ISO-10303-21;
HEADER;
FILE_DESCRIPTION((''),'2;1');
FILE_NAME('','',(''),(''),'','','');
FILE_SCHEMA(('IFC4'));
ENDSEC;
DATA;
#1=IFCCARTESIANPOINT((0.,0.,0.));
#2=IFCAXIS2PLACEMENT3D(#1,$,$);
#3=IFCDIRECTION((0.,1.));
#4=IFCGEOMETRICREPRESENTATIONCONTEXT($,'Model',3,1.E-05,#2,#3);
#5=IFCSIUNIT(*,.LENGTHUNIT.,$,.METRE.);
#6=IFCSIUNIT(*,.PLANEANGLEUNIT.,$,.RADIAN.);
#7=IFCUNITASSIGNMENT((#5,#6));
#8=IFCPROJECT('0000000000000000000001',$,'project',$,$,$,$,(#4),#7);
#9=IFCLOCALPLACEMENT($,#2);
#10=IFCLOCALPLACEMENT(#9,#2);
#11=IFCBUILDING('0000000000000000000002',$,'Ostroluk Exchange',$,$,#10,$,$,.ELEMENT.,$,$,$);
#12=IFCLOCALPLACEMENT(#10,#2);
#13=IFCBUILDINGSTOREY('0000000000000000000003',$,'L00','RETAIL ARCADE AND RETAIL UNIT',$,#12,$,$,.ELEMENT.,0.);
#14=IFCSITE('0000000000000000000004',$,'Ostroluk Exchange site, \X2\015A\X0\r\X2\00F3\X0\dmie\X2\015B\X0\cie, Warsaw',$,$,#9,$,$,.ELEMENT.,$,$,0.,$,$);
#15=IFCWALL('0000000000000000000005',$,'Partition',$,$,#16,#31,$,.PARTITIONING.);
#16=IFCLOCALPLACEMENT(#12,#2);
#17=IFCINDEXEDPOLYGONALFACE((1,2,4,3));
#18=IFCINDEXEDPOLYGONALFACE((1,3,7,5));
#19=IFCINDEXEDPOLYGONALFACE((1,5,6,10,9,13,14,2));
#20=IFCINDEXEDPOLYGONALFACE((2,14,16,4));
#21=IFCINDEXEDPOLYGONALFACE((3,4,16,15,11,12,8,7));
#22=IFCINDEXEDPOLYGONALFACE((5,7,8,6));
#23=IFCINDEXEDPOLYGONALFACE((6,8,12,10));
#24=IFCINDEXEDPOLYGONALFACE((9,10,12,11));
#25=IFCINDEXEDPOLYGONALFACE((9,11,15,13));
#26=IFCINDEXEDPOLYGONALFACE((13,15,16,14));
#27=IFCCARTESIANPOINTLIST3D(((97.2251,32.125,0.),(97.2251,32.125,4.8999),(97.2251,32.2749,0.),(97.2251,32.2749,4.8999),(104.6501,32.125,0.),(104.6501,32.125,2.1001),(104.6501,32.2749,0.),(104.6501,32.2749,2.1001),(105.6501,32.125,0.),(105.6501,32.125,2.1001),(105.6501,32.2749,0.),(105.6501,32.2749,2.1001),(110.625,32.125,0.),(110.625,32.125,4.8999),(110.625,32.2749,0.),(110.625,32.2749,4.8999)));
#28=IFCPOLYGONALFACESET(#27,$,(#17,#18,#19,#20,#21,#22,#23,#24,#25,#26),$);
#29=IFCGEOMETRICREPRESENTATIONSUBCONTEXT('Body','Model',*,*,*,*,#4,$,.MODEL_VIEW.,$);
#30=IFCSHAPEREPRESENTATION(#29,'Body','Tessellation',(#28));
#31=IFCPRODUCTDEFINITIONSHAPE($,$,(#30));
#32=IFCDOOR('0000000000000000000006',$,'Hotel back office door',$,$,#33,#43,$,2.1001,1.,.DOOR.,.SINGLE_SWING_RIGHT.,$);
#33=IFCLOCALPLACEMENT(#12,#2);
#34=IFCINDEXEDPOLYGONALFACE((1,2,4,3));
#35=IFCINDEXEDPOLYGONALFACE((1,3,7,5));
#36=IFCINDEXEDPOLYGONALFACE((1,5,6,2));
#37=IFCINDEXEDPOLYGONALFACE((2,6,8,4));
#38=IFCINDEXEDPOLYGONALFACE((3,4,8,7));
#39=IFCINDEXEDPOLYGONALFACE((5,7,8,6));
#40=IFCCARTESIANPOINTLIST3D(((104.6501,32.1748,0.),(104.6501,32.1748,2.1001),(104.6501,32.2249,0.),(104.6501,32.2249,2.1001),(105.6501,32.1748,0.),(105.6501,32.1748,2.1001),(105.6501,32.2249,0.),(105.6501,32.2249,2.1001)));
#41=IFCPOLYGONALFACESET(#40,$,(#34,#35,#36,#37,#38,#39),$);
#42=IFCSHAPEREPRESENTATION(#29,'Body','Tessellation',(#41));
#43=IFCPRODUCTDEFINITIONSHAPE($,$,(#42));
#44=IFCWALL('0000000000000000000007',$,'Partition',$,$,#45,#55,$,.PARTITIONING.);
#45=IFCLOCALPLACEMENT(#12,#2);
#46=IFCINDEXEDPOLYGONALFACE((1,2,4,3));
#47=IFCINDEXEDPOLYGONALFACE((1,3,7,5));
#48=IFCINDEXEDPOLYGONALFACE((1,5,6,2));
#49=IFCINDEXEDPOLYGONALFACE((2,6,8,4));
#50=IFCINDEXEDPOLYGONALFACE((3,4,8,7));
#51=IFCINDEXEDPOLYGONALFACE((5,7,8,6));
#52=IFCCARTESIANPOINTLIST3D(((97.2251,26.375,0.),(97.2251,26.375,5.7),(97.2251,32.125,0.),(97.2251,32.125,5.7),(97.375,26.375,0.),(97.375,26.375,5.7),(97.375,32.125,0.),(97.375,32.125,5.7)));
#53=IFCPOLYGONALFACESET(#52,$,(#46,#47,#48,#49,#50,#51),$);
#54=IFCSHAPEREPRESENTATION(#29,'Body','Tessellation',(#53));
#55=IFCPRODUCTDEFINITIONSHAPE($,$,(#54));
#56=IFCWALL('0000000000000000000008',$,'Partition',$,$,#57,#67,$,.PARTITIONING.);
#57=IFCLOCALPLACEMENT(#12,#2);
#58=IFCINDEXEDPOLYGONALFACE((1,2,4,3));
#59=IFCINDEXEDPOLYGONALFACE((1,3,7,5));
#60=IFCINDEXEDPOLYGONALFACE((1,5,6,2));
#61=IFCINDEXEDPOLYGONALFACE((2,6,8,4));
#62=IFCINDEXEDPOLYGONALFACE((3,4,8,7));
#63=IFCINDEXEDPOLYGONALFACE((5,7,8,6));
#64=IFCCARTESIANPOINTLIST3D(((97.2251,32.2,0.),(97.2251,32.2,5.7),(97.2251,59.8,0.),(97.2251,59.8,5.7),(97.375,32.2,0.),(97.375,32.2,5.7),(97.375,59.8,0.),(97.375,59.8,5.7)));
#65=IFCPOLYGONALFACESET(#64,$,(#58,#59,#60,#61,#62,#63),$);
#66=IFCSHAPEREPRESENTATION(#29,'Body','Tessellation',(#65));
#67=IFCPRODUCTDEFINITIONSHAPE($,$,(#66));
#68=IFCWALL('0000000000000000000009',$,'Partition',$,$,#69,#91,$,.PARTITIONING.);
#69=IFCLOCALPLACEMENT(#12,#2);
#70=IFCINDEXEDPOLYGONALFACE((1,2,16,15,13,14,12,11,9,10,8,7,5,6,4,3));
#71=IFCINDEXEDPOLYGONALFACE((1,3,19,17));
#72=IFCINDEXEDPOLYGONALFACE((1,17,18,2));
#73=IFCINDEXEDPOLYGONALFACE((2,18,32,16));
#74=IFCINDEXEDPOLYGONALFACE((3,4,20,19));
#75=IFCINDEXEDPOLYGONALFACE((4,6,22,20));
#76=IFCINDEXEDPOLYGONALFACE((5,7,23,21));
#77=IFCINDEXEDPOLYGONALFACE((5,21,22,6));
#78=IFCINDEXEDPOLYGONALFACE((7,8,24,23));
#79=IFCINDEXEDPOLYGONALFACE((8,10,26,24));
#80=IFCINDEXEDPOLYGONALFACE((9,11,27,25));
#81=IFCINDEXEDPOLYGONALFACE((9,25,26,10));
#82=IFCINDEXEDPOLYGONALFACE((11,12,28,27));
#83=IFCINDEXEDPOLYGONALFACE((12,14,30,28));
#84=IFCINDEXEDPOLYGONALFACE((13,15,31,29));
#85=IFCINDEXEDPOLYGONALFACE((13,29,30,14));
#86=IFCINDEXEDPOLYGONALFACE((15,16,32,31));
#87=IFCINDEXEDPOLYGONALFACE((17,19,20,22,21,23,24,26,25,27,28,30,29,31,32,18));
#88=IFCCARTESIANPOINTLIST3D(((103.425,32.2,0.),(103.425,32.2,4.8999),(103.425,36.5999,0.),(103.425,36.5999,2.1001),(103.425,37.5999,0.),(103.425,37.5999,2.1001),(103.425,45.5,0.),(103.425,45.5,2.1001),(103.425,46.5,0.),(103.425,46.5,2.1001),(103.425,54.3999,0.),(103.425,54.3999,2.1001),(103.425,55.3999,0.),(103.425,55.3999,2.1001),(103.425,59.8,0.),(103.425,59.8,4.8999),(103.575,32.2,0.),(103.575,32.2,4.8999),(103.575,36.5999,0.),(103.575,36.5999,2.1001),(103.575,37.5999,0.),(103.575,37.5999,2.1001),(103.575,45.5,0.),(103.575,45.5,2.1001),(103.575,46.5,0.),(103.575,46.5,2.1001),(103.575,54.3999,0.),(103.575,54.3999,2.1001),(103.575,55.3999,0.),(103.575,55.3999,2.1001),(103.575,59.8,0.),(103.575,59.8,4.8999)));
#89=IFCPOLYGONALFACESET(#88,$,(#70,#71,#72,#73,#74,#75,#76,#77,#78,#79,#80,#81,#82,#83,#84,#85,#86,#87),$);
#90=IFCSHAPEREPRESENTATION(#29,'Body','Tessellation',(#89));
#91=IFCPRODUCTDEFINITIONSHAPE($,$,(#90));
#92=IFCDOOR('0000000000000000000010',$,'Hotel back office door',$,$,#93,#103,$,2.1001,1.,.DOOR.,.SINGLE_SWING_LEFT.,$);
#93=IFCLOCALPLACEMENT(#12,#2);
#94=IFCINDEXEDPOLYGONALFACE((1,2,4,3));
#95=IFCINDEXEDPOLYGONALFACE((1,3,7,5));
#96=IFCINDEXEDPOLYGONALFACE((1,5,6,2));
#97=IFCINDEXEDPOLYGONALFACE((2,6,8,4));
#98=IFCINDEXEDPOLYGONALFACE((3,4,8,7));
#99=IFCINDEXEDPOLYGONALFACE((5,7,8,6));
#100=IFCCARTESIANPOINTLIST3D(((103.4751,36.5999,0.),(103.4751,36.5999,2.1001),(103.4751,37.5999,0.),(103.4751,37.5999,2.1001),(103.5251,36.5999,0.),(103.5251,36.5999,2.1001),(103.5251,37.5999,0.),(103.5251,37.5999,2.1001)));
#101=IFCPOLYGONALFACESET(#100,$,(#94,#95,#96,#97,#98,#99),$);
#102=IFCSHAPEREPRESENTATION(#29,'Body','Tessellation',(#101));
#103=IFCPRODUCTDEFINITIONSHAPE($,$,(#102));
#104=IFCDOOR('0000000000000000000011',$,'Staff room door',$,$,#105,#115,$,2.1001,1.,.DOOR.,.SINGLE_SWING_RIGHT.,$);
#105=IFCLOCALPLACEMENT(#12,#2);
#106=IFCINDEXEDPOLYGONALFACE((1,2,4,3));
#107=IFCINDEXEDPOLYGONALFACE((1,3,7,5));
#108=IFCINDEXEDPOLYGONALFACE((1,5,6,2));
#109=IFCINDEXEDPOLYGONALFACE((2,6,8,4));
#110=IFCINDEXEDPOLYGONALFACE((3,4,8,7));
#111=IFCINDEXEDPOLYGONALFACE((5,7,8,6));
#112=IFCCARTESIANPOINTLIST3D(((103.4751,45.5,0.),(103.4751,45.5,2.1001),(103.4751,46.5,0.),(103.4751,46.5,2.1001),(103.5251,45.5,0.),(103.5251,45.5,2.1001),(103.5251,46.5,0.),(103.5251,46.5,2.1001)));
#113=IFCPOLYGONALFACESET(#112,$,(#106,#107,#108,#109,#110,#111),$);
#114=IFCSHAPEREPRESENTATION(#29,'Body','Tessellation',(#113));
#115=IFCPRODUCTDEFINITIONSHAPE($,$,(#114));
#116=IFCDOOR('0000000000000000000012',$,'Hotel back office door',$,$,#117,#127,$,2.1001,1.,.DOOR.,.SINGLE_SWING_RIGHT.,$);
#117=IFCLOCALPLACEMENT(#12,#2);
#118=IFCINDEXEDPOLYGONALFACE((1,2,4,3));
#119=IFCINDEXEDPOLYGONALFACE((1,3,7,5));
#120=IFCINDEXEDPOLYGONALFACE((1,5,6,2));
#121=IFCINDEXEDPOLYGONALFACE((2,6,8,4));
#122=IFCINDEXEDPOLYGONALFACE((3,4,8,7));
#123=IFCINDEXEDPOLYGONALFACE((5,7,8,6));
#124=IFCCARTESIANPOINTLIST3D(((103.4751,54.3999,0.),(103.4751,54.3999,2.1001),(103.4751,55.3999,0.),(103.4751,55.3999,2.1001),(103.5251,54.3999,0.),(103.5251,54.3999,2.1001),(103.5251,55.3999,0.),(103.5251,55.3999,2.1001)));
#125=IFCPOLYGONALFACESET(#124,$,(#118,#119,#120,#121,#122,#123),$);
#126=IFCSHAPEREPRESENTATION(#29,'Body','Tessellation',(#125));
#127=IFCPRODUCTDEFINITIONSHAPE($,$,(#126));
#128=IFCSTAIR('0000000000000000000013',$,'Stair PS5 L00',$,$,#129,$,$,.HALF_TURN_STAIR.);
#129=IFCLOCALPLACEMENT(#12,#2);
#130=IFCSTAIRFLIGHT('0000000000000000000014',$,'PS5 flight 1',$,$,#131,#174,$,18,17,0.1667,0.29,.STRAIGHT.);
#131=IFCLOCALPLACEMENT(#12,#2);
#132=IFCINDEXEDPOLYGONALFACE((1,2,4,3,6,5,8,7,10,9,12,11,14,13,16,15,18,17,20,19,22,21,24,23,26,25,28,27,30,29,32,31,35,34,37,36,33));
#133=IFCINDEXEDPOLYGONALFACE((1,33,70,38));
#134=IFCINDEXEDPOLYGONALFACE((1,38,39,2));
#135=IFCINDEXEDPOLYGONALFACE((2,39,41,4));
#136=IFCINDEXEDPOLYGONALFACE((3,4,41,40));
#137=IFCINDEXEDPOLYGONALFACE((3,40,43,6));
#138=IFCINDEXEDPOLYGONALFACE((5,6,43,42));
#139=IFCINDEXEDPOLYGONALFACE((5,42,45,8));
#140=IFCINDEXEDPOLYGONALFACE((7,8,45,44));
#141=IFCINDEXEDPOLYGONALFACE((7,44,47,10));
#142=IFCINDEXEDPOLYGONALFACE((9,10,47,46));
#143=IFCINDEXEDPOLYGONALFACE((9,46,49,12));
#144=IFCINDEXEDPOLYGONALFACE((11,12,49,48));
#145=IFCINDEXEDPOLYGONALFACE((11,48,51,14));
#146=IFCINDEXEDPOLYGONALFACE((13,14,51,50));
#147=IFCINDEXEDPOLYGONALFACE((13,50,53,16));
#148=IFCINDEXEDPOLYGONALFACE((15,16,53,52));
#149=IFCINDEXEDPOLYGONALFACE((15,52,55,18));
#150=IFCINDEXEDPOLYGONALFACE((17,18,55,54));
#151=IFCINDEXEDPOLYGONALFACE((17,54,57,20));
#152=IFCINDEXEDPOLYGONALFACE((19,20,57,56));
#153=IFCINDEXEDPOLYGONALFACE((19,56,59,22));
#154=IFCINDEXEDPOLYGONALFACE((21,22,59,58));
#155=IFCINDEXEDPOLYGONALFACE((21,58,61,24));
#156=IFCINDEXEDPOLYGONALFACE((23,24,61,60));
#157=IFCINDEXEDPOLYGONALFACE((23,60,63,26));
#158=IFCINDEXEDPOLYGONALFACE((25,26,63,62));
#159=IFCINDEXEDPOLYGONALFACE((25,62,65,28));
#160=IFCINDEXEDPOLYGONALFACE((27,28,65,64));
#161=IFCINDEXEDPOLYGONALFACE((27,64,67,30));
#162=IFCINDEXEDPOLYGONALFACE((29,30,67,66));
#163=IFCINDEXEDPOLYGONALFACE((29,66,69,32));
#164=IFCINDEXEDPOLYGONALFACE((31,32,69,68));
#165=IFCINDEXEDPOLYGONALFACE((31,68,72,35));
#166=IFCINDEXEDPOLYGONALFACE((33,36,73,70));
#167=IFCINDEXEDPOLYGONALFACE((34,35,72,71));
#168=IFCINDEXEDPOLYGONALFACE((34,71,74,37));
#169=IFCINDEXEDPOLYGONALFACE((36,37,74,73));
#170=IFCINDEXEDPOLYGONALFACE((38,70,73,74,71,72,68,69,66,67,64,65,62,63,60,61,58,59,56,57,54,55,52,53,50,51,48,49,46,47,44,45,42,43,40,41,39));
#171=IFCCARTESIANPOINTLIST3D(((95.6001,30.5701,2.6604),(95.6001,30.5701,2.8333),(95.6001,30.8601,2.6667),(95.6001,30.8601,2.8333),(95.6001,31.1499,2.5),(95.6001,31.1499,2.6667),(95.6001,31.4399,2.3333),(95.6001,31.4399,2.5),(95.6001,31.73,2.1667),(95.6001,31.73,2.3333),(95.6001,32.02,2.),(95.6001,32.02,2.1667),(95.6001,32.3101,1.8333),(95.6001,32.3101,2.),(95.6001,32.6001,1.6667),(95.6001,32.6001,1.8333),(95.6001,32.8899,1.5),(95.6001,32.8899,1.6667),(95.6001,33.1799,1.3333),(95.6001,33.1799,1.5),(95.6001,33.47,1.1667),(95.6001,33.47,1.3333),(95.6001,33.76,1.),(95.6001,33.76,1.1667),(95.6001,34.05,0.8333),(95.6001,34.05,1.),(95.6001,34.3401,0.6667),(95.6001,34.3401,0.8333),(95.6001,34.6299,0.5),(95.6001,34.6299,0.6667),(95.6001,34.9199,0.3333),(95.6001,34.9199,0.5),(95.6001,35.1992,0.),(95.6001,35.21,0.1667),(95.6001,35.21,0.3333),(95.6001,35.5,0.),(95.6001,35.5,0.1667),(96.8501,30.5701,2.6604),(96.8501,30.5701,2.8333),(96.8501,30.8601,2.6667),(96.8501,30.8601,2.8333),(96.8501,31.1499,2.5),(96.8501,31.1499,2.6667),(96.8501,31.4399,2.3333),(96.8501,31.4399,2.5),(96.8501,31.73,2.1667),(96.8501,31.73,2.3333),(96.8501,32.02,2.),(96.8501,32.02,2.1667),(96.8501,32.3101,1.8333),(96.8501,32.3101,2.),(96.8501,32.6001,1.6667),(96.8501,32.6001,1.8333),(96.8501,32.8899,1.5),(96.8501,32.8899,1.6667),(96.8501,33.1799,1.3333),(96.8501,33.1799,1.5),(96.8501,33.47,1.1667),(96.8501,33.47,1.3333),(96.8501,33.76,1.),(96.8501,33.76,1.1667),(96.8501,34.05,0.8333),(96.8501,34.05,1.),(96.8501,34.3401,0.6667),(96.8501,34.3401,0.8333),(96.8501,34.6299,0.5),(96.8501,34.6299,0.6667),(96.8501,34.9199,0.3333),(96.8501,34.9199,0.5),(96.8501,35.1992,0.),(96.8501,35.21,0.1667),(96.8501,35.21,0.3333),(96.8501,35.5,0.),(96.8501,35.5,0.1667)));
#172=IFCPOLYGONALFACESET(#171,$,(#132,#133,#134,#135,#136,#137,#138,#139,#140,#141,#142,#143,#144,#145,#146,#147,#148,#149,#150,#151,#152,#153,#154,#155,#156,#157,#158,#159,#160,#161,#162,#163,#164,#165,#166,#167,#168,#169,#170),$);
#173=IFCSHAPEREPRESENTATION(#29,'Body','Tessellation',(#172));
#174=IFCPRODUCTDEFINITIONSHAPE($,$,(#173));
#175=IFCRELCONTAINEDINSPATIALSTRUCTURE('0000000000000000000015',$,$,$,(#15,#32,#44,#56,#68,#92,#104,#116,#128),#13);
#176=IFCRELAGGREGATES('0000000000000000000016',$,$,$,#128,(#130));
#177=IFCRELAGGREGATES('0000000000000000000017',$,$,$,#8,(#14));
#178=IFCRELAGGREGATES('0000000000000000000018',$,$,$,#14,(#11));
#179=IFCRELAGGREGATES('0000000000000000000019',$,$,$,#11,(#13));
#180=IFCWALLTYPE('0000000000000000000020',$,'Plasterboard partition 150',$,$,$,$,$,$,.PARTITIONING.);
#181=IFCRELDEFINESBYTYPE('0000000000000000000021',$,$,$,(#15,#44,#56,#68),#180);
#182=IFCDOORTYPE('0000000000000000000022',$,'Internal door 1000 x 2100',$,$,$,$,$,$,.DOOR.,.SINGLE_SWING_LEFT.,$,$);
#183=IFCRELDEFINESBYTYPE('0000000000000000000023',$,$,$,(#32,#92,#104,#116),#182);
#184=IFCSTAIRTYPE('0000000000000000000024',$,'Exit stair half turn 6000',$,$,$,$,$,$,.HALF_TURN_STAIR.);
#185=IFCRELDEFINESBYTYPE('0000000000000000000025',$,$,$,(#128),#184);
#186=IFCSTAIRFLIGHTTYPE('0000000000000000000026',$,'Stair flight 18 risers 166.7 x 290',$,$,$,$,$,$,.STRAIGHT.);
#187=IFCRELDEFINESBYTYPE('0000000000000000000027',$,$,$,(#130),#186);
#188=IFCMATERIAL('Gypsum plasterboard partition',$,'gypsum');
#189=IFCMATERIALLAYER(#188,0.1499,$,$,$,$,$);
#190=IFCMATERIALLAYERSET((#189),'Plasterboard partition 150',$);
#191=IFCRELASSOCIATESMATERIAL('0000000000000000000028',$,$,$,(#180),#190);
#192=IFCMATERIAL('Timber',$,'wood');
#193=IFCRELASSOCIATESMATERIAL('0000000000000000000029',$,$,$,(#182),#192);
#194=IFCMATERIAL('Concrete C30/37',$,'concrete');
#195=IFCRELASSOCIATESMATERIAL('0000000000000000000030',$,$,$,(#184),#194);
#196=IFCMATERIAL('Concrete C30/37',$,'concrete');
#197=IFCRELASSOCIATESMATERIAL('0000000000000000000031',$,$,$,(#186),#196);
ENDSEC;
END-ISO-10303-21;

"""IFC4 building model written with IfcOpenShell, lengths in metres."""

from ifc_helpers import new_model, si_unit, direction, frame, frame_2d, origin, place, context, subcontext, project, spatial, polyline, rectangle, outline, extrude, material, layer, layer_set, type_object, element, fill, aggregate, save


model = new_model("IFC4")

# Units and contexts
model_context = context("Model", 3, precision=1e-05, world=origin(), true_north=direction((0.0, 1.0)))
body_context = subcontext(model_context, "Body", "Model", "MODEL_VIEW")
ifc_project = project(units=[si_unit("LENGTHUNIT", "METRE"), si_unit("PLANEANGLEUNIT", "RADIAN")], contexts=[model_context])

# Site, building, storey
site_placement = place(None, origin())
site = spatial("IfcSite", under=ifc_project, at=site_placement, Name="Ostroluk Exchange site, Śródmieście, Warsaw", CompositionType="ELEMENT", RefElevation=0.0)
building_placement = place(site_placement, origin())
building = spatial("IfcBuilding", under=site, at=building_placement, Name="Ostroluk Exchange", CompositionType="ELEMENT")
storey_placement = place(building_placement, origin())
storey = spatial("IfcBuildingStorey", under=building, at=storey_placement, Name="L00", Description="RETAIL ARCADE AND RETAIL UNIT", CompositionType="ELEMENT", Elevation=0.0)

# Wall, opening, door
ifc_material_1 = material(Name="Gypsum plasterboard partition", Category="gypsum")
ifc_layer_1 = layer(ifc_material_1, 0.1499)
ifc_layer_set_1 = layer_set([ifc_layer_1], Name="Plasterboard partition 150")
wall_type_1 = type_object("IfcWallType", Name="Plasterboard partition 150", PredefinedType="PARTITIONING", material=ifc_layer_set_1)
wall_1_placement = place(storey_placement, frame((97.2251, 32.2, 0.0), z_axis=(0.0, 0.0, 1.0), x_axis=(1.0, 0.0, 0.0)))
wall_1 = element("IfcWall", 1, at=wall_1_placement, inside=storey, type_object=wall_type_1, Name="Partition", PredefinedType="PARTITIONING", context=body_context, shape_type="SweptSolid", body=[
    extrude(rectangle(XDim=13.3999, YDim=0.1499, at=frame_2d((6.7, 0.0))), origin(), (0.0, 0.0, 1.0), 4.8999),
])
opening_1_placement = place(wall_1_placement, frame((7.425, 0.0, 0.0)))
opening_1 = element("IfcOpeningElement", 2, at=opening_1_placement, cuts=wall_1, PredefinedType="OPENING", context=body_context, shape_type="SweptSolid", body=[
    extrude(rectangle(XDim=1.0, YDim=2.1001, at=frame_2d((0.5, 1.05))), frame((0.0, 0.085, 0.0), z_axis=(0.0, -1.0, 0.0), x_axis=(1.0, 0.0, 0.0)), (0.0, 0.0, 1.0), 0.1699),
])
ifc_material_2 = material(Name="Timber", Category="wood")
door_type = type_object("IfcDoorType", Name="Internal door 1000 x 2100", OperationType="SINGLE_SWING_LEFT", PredefinedType="DOOR", material=ifc_material_2)
door_1_placement = place(opening_1_placement, origin())
door_1 = element("IfcDoor", 3, at=door_1_placement, inside=storey, type_object=door_type, Name="Hotel back office door", OperationType="SINGLE_SWING_RIGHT", OverallHeight=2.1001, OverallWidth=1.0, PredefinedType="DOOR", context=body_context, shape_type="SweptSolid", body=[
    extrude(rectangle(XDim=1.0, YDim=2.1001, at=frame_2d((0.5, 1.05))), frame((0.0, 0.0249, 0.0), z_axis=(0.0, -1.0, 0.0), x_axis=(1.0, 0.0, 0.0)), (0.0, 0.0, 1.0), 0.05),
])
fill(opening_1, door_1)

# Walls
wall_2_placement = place(storey_placement, frame((97.3, 26.375, 0.0), z_axis=(0.0, 0.0, 1.0), x_axis=(0.0, 1.0, 0.0)))
element("IfcWall", 4, at=wall_2_placement, inside=storey, type_object=wall_type_1, Name="Partition", PredefinedType="PARTITIONING", context=body_context, shape_type="SweptSolid", body=[
    extrude(rectangle(XDim=5.75, YDim=0.1499, at=frame_2d((2.875, 0.0))), origin(), (0.0, 0.0, 1.0), 5.7),
])
wall_3_placement = place(storey_placement, frame((97.3, 32.2, 0.0), z_axis=(0.0, 0.0, 1.0), x_axis=(0.0, 1.0, 0.0)))
element("IfcWall", 5, at=wall_3_placement, inside=storey, type_object=wall_type_1, Name="Partition", PredefinedType="PARTITIONING", context=body_context, shape_type="SweptSolid", body=[
    extrude(rectangle(XDim=27.6001, YDim=0.1499, at=frame_2d((13.8, 0.0))), origin(), (0.0, 0.0, 1.0), 5.7),
])

# Wall, openings, doors
wall_4_placement = place(storey_placement, frame((103.5, 32.2, 0.0), z_axis=(0.0, 0.0, 1.0), x_axis=(0.0, 1.0, 0.0)))
wall_4 = element("IfcWall", 6, at=wall_4_placement, inside=storey, type_object=wall_type_1, Name="Partition", PredefinedType="PARTITIONING", context=body_context, shape_type="SweptSolid", body=[
    extrude(rectangle(XDim=27.6001, YDim=0.1499, at=frame_2d((13.8, 0.0))), origin(), (0.0, 0.0, 1.0), 4.8999),
])
opening_2_placement = place(wall_4_placement, frame((4.3999, 0.0, 0.0)))
opening_2 = element("IfcOpeningElement", 7, at=opening_2_placement, cuts=wall_4, PredefinedType="OPENING", context=body_context, shape_type="SweptSolid", body=[
    extrude(rectangle(XDim=1.0, YDim=2.1001, at=frame_2d((0.5, 1.05))), frame((0.0, 0.085, 0.0), z_axis=(0.0, -1.0, 0.0), x_axis=(1.0, 0.0, 0.0)), (0.0, 0.0, 1.0), 0.1699),
])
opening_3_placement = place(wall_4_placement, frame((13.3, 0.0, 0.0)))
opening_3 = element("IfcOpeningElement", 8, at=opening_3_placement, cuts=wall_4, PredefinedType="OPENING", context=body_context, shape_type="SweptSolid", body=[
    extrude(rectangle(XDim=1.0, YDim=2.1001, at=frame_2d((0.5, 1.05))), frame((0.0, 0.085, 0.0), z_axis=(0.0, -1.0, 0.0), x_axis=(1.0, 0.0, 0.0)), (0.0, 0.0, 1.0), 0.1699),
])
opening_4_placement = place(wall_4_placement, frame((22.2, 0.0, 0.0)))
opening_4 = element("IfcOpeningElement", 9, at=opening_4_placement, cuts=wall_4, PredefinedType="OPENING", context=body_context, shape_type="SweptSolid", body=[
    extrude(rectangle(XDim=1.0, YDim=2.1001, at=frame_2d((0.5, 1.05))), frame((0.0, 0.085, 0.0), z_axis=(0.0, -1.0, 0.0), x_axis=(1.0, 0.0, 0.0)), (0.0, 0.0, 1.0), 0.1699),
])
door_2_placement = place(opening_2_placement, origin())
door_2 = element("IfcDoor", 10, at=door_2_placement, inside=storey, type_object=door_type, Name="Hotel back office door", OperationType="SINGLE_SWING_LEFT", OverallHeight=2.1001, OverallWidth=1.0, PredefinedType="DOOR", context=body_context, shape_type="SweptSolid", body=[
    extrude(rectangle(XDim=1.0, YDim=2.1001, at=frame_2d((0.5, 1.05))), frame((0.0, 0.0249, 0.0), z_axis=(0.0, -1.0, 0.0), x_axis=(1.0, 0.0, 0.0)), (0.0, 0.0, 1.0), 0.05),
])
fill(opening_2, door_2)
door_3_placement = place(opening_3_placement, origin())
door_3 = element("IfcDoor", 11, at=door_3_placement, inside=storey, type_object=door_type, Name="Staff room door", OperationType="SINGLE_SWING_RIGHT", OverallHeight=2.1001, OverallWidth=1.0, PredefinedType="DOOR", context=body_context, shape_type="SweptSolid", body=[
    extrude(rectangle(XDim=1.0, YDim=2.1001, at=frame_2d((0.5, 1.05))), frame((0.0, 0.0249, 0.0), z_axis=(0.0, -1.0, 0.0), x_axis=(1.0, 0.0, 0.0)), (0.0, 0.0, 1.0), 0.05),
])
fill(opening_3, door_3)
door_4_placement = place(opening_4_placement, origin())
door_4 = element("IfcDoor", 12, at=door_4_placement, inside=storey, type_object=door_type, Name="Hotel back office door", OperationType="SINGLE_SWING_RIGHT", OverallHeight=2.1001, OverallWidth=1.0, PredefinedType="DOOR", context=body_context, shape_type="SweptSolid", body=[
    extrude(rectangle(XDim=1.0, YDim=2.1001, at=frame_2d((0.5, 1.05))), frame((0.0, 0.0249, 0.0), z_axis=(0.0, -1.0, 0.0), x_axis=(1.0, 0.0, 0.0)), (0.0, 0.0, 1.0), 0.05),
])
fill(opening_4, door_4)

# Stair, stair flight
ifc_material_3 = material(Name="Concrete C30/37", Category="concrete")
stair_type = type_object("IfcStairType", Name="Exit stair half turn 6000", PredefinedType="HALF_TURN_STAIR", material=ifc_material_3)
stair_placement = place(storey_placement, origin())
stair = element("IfcStair", 13, at=stair_placement, inside=storey, type_object=stair_type, Name="Stair PS5 L00", PredefinedType="HALF_TURN_STAIR")
ifc_material_4 = material(Name="Concrete C30/37", Category="concrete")
stair_flight_type = type_object("IfcStairFlightType", Name="Stair flight 18 risers 166.7 x 290", PredefinedType="STRAIGHT", material=ifc_material_4)
stair_flight_placement = place(storey_placement, frame((96.2251, 35.5, 0.0), z_axis=(0.0, 0.0, 1.0), x_axis=(0.0, -1.0, 0.0)))
stair_flight = element("IfcStairFlight", 14, at=stair_flight_placement, type_object=stair_flight_type, Name="PS5 flight 1", NumberOfRisers=18, NumberOfTreads=17, PredefinedType="STRAIGHT", RiserHeight=0.1667, TreadLength=0.29, context=body_context, shape_type="SweptSolid", body=[
    extrude(outline(polyline([(0.0, 0.0), (0.0, 0.1667), (0.29, 0.1667), (0.29, 0.3333), (0.5801, 0.3333), (0.5801, 0.5), (0.8701, 0.5), (0.8701, 0.6667), (1.1599, 0.6667), (1.1599, 0.8333), (1.45, 0.8333), (1.45, 1.0), (1.74, 1.0), (1.74, 1.1667), (2.03, 1.1667), (2.03, 1.3333), (2.3201, 1.3333), (2.3201, 1.5), (2.6101, 1.5), (2.6101, 1.6667), (2.8999, 1.6667), (2.8999, 1.8333), (3.1899, 1.8333), (3.1899, 2.0), (3.48, 2.0), (3.48, 2.1667), (3.77, 2.1667), (3.77, 2.3333), (4.0601, 2.3333), (4.0601, 2.5), (4.3501, 2.5), (4.3501, 2.6667), (4.6399, 2.6667), (4.6399, 2.8333), (4.9299, 2.8333), (4.9299, 3.0), (4.9299, 2.6604), (0.3008, 0.0), (0.0, 0.0)])), frame((0.0, 0.625, 0.0), z_axis=(0.0, -1.0, 0.0), x_axis=(1.0, 0.0, 0.0)), (0.0, 0.0, 1.0), 1.25),
])
aggregate(stair, [stair_flight])

save(model, "model.ifc")
